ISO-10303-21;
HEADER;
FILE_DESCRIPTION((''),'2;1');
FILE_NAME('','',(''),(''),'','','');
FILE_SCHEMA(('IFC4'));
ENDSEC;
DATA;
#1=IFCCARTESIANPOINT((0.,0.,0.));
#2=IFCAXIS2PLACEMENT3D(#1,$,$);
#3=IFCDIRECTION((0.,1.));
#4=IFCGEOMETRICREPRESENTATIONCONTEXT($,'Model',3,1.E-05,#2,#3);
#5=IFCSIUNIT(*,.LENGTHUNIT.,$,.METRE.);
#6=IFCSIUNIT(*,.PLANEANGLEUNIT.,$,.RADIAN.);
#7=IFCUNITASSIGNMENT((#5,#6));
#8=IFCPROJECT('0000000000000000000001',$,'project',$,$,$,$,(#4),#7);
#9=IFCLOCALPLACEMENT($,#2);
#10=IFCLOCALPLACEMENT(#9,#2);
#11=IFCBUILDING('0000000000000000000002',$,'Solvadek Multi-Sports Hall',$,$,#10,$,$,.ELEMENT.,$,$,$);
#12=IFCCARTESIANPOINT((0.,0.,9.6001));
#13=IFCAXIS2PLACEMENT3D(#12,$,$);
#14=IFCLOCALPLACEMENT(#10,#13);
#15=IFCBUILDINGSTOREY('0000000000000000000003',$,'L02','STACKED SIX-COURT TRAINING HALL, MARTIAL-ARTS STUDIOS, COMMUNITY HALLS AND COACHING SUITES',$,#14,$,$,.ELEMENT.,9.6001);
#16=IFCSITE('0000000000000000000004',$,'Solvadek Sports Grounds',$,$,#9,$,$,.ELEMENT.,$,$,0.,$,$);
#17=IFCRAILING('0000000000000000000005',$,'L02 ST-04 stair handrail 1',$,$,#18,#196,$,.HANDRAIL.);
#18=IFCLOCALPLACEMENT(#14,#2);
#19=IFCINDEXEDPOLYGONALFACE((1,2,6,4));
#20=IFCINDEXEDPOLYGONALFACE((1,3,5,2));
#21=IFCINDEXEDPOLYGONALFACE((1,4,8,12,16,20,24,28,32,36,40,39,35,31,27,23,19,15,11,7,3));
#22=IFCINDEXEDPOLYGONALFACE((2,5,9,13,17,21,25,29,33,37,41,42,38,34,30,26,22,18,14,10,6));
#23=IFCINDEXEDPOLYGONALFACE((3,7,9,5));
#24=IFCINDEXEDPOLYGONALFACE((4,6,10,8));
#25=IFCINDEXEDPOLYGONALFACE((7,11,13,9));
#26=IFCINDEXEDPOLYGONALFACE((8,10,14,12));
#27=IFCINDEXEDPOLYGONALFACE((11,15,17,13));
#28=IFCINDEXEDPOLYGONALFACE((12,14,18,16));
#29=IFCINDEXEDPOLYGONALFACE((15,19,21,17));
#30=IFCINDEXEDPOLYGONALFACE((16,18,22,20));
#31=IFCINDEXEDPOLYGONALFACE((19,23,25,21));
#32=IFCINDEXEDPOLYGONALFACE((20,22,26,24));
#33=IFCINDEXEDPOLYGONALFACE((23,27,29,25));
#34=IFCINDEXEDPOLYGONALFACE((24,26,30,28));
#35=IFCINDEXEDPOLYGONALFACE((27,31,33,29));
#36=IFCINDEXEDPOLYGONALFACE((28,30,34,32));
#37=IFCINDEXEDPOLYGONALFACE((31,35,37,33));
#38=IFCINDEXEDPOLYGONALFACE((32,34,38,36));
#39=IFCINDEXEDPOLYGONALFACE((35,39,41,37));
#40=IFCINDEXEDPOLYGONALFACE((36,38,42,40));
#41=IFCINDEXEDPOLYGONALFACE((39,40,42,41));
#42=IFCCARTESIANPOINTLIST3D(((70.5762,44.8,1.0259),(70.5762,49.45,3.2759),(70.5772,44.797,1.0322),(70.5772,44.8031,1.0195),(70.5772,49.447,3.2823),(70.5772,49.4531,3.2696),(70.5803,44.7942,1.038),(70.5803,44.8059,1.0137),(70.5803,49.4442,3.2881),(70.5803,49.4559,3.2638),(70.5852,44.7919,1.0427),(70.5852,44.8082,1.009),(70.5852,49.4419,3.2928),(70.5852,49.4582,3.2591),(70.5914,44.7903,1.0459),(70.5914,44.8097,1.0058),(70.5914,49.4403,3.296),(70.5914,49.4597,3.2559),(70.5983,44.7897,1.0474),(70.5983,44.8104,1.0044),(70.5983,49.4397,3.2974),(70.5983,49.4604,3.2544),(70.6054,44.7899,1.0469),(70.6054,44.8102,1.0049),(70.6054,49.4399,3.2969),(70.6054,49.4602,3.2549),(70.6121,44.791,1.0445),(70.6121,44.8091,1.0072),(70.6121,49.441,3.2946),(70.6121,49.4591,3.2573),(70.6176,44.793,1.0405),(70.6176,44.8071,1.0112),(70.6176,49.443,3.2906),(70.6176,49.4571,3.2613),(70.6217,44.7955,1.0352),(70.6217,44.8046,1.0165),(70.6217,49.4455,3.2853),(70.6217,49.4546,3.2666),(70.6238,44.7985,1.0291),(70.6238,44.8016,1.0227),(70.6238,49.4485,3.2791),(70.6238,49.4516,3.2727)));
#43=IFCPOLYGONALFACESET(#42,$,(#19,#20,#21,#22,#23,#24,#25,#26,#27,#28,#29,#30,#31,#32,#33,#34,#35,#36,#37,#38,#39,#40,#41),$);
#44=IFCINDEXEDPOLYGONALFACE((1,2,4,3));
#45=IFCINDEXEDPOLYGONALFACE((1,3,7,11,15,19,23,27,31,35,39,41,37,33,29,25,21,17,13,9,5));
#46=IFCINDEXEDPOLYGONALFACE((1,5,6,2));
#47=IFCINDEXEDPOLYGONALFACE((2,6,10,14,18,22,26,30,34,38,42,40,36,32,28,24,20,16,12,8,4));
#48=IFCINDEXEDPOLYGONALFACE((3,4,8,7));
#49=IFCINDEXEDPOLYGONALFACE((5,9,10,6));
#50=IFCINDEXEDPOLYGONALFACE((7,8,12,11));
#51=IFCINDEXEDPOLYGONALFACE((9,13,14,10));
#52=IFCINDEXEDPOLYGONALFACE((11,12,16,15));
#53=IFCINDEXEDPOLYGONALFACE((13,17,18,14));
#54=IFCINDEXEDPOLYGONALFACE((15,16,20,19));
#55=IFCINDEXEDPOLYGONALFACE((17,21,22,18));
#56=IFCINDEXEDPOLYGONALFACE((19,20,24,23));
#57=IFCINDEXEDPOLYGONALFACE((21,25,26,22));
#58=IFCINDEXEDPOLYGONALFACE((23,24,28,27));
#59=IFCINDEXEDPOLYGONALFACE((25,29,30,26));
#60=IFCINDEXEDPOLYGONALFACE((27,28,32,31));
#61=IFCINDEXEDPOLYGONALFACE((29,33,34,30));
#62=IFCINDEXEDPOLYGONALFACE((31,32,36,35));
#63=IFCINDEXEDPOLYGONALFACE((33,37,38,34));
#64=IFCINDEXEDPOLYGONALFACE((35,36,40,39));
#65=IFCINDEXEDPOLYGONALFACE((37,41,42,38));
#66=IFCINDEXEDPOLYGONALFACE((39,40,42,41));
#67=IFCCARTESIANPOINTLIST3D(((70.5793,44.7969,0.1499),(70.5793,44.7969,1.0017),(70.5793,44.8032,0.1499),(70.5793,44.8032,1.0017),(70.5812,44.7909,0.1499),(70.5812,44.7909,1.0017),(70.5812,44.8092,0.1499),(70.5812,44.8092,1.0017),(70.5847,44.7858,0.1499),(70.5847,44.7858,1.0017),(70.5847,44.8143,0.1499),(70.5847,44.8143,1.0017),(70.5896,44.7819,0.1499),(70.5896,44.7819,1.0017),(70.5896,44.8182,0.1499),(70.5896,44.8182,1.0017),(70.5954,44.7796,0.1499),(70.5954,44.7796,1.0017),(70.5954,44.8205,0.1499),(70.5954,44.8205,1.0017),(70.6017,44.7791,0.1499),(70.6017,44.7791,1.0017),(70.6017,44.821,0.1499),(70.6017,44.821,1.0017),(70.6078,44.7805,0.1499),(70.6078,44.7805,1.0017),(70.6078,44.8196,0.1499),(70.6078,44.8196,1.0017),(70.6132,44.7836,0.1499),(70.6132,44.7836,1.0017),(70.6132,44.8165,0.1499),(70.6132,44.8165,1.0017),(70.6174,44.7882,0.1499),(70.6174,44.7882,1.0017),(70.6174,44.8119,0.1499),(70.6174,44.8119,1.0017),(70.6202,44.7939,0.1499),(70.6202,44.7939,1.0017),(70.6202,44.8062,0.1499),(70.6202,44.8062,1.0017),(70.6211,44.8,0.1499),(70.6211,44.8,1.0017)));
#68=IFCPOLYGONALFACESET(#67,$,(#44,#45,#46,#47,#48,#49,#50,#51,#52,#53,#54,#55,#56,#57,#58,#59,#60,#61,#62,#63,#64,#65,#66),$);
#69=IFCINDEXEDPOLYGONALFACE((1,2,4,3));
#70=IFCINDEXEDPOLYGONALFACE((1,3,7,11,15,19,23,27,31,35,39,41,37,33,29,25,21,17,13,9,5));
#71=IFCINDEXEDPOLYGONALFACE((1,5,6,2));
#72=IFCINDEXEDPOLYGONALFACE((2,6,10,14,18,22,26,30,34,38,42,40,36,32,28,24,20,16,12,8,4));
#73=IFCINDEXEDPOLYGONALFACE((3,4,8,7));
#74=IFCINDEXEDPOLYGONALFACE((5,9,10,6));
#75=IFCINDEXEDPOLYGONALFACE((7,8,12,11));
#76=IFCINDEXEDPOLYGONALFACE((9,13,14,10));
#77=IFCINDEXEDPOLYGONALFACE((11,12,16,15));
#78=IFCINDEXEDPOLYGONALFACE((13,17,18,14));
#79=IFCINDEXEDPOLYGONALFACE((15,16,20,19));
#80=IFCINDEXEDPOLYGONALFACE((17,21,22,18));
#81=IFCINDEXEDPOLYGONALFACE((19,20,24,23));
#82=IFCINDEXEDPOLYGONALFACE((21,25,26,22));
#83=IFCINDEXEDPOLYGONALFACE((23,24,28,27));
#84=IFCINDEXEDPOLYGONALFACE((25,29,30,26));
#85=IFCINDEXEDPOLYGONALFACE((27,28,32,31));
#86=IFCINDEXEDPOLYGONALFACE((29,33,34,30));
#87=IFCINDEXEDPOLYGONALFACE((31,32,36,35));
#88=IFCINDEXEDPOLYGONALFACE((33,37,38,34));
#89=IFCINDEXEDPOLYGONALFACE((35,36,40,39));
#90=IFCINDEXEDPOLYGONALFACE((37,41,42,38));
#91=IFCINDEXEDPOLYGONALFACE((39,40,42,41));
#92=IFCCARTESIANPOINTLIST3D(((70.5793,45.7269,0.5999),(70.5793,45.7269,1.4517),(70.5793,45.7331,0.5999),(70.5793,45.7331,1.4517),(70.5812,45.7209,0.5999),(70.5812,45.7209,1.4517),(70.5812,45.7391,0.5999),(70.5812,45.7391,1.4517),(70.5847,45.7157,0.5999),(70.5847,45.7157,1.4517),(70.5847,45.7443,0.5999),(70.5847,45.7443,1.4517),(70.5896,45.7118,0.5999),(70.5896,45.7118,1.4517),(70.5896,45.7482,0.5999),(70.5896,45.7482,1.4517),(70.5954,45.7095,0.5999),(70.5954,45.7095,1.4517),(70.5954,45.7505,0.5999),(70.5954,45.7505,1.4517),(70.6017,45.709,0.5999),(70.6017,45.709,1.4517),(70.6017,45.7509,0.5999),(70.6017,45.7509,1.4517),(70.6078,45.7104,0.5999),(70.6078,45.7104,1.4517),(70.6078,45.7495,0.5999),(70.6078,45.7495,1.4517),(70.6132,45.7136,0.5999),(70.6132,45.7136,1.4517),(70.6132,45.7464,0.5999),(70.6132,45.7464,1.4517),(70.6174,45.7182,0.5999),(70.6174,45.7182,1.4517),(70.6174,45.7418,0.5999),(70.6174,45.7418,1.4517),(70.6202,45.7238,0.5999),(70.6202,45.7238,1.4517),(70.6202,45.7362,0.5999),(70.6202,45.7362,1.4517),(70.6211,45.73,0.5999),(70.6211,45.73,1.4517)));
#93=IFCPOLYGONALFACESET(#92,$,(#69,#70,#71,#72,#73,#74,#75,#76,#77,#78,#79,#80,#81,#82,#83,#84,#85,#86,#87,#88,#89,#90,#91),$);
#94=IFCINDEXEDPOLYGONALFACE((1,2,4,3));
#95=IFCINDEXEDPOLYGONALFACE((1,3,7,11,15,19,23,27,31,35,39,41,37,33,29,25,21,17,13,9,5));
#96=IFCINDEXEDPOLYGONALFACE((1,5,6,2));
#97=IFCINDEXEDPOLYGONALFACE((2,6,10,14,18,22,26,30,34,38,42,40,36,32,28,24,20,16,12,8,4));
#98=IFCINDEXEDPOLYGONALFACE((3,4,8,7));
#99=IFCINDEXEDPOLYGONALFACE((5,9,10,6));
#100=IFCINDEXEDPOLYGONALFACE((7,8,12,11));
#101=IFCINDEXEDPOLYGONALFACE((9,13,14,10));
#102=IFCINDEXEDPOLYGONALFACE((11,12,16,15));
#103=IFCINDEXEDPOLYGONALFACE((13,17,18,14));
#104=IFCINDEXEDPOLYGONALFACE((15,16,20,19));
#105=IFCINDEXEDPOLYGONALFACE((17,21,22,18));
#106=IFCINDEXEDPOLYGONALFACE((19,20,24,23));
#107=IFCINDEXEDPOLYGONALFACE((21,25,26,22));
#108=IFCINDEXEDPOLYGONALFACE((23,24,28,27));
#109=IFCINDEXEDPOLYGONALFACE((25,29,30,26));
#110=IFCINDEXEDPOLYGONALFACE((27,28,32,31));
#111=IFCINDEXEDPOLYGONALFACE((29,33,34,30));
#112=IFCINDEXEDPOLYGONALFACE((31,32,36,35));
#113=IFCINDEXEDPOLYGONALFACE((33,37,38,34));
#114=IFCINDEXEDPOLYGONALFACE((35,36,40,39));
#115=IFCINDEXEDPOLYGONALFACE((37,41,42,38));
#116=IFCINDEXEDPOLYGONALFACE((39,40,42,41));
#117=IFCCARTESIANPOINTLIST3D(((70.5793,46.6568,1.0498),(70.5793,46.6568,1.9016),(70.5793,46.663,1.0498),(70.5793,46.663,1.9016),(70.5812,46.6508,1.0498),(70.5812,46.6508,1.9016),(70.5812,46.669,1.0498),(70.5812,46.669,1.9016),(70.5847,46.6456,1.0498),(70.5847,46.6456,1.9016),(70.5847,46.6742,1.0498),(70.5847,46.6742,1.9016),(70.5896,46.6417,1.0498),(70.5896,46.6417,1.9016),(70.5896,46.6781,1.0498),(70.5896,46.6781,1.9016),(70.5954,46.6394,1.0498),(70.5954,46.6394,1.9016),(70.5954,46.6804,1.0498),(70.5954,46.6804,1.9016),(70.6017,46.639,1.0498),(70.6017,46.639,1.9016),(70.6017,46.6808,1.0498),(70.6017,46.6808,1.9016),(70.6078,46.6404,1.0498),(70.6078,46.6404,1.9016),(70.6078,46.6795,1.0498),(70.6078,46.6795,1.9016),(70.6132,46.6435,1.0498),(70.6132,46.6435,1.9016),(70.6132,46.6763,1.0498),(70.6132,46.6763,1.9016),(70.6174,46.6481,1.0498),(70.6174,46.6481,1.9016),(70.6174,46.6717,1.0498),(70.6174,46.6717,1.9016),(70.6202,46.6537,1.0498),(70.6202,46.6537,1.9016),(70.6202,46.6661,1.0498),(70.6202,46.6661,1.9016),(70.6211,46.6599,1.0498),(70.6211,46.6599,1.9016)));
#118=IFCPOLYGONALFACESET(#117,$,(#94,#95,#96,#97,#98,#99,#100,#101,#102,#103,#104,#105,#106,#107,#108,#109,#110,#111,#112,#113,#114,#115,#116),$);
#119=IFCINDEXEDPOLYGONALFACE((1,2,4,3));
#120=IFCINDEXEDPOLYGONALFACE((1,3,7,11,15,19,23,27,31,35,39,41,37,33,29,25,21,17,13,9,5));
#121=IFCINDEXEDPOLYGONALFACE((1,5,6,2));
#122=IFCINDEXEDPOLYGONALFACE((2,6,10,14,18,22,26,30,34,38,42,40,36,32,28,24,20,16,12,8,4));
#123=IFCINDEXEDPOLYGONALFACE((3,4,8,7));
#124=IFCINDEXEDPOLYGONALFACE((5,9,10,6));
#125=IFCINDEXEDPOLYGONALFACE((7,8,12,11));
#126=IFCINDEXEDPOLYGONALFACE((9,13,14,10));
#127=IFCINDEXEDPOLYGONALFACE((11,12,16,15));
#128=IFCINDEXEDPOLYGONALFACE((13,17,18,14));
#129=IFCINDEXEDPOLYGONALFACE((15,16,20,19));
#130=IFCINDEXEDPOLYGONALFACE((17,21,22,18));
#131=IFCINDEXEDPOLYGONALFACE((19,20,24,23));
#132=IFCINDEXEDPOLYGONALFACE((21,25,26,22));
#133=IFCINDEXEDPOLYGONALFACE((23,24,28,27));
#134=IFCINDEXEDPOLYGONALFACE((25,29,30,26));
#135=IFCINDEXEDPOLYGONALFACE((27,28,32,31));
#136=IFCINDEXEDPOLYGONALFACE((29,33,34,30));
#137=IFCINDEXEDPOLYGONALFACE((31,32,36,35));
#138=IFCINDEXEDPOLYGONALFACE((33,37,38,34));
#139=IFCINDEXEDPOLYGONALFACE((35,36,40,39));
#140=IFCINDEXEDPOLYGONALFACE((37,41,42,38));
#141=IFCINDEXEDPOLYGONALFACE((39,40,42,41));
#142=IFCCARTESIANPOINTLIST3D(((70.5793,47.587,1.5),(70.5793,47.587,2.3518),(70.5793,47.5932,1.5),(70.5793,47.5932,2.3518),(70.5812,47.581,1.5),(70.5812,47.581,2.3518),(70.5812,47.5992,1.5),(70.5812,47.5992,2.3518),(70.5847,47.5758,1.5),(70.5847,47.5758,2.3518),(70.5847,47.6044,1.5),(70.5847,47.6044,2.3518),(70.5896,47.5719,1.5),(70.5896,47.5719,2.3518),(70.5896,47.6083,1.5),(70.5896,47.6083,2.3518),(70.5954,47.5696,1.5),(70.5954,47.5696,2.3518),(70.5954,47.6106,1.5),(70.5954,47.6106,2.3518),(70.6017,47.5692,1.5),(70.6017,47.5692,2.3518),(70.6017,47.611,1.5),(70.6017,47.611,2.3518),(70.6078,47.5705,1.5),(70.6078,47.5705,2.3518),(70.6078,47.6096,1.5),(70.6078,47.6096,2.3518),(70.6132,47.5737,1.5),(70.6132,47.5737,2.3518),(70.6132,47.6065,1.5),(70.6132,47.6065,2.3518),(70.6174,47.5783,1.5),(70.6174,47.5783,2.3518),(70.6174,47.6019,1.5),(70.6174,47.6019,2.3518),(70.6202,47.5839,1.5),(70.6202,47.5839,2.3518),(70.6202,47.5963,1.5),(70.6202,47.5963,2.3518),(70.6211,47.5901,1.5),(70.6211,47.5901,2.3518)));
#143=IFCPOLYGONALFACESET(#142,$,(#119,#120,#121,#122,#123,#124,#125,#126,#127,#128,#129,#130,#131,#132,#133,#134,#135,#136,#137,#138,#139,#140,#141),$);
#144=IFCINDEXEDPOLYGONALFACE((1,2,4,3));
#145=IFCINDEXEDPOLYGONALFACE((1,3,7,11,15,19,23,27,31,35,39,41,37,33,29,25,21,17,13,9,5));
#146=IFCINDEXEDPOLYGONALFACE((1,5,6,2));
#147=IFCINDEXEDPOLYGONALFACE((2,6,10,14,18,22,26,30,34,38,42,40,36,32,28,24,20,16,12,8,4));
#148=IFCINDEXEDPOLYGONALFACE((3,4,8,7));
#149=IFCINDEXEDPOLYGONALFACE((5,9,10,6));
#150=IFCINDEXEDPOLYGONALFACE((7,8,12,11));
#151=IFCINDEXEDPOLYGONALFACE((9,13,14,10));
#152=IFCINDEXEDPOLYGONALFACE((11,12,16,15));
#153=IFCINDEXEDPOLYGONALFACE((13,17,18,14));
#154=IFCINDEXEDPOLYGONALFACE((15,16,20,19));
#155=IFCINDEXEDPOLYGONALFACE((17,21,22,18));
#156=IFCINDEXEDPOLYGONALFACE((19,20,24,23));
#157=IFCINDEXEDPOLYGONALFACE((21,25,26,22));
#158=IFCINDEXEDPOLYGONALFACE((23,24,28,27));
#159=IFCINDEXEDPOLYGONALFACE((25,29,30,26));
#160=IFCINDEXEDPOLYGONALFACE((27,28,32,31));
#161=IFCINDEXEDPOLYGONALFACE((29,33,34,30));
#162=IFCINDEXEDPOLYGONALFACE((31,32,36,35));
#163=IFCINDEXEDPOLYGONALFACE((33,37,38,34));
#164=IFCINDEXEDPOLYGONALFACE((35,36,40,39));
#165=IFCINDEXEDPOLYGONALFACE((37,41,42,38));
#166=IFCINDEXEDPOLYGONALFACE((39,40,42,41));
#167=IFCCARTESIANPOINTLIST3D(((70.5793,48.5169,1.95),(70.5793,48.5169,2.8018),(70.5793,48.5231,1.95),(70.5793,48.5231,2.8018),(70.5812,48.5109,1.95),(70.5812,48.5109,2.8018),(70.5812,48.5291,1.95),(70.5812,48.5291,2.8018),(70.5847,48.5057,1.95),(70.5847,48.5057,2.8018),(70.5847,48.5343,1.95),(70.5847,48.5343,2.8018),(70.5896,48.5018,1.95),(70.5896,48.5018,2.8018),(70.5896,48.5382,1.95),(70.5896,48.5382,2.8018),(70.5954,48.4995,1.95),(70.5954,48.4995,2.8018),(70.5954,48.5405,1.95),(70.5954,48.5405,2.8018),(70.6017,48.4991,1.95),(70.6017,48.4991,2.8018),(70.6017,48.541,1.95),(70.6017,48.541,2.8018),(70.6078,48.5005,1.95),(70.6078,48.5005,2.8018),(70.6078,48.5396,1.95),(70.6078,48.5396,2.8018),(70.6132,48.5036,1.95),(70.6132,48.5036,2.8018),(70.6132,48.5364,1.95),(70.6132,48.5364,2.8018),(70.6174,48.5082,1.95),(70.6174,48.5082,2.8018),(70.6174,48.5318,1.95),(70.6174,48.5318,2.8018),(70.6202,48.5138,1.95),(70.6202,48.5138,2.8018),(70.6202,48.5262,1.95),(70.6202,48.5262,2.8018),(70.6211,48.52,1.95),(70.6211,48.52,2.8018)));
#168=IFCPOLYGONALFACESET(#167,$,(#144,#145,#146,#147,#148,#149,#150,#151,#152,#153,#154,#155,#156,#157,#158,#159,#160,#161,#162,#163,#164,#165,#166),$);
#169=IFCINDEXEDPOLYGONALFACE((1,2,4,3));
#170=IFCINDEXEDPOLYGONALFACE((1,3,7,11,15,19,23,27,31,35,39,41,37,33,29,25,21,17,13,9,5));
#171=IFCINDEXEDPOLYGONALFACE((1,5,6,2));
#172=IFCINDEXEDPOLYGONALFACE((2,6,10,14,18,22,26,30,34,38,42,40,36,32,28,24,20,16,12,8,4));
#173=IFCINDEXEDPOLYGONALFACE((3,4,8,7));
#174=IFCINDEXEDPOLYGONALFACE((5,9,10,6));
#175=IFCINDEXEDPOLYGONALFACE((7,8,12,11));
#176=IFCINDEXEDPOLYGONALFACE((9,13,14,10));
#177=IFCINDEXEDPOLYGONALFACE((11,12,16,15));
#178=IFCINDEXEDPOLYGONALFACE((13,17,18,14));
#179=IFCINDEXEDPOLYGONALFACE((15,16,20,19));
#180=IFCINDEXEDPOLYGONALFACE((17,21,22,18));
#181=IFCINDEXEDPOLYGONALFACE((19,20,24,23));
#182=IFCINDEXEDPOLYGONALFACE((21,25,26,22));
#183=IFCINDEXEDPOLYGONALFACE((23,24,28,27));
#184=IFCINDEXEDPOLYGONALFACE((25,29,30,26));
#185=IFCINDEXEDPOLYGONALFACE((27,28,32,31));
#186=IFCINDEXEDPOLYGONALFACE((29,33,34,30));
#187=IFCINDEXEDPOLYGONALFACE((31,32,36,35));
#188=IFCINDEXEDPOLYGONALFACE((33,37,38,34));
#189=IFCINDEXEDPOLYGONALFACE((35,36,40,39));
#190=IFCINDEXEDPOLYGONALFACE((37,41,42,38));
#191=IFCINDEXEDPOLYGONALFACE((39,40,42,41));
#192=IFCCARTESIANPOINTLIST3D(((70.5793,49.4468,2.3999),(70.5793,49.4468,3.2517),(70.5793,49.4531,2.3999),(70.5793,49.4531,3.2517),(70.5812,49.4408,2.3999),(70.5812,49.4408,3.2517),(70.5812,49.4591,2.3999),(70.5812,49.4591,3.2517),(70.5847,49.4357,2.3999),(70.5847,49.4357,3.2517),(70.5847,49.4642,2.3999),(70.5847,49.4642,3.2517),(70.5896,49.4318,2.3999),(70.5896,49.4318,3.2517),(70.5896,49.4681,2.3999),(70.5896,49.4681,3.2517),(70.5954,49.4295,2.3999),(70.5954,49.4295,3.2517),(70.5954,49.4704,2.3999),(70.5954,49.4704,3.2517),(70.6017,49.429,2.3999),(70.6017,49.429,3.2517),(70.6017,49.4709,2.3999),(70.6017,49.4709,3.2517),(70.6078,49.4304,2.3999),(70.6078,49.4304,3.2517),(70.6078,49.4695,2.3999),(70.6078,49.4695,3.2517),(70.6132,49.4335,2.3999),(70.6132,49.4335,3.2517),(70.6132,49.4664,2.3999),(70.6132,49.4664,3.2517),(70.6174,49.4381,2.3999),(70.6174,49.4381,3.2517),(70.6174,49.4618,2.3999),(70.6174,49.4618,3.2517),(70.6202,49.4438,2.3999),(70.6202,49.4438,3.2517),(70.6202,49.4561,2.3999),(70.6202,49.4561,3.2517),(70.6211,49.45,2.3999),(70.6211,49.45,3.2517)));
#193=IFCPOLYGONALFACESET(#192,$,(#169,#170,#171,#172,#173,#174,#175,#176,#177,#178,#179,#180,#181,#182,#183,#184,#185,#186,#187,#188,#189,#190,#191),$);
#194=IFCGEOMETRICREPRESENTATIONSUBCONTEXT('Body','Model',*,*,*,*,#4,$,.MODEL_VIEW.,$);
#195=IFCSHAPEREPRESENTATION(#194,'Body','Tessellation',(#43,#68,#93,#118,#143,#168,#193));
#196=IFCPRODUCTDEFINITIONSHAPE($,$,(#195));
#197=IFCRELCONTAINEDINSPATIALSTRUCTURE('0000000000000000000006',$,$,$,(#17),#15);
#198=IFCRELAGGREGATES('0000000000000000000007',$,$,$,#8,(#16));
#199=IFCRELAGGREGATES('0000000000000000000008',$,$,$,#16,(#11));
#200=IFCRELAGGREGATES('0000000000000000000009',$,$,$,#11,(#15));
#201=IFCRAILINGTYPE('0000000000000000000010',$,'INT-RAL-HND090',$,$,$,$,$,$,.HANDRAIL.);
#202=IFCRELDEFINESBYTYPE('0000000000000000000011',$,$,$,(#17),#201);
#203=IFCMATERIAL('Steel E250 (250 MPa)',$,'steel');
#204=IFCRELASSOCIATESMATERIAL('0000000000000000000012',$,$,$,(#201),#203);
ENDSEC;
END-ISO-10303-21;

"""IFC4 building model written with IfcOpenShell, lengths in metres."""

from ifc_helpers import new_model, si_unit, direction, frame, origin, origin_2d, place, context, subcontext, project, spatial, circle, extrude, material, type_object, element, save


model = new_model("IFC4")

# Units and contexts
model_context = context("Model", 3, precision=1e-05, world=origin(), true_north=direction((0.0, 1.0)))
body_context = subcontext(model_context, "Body", "Model", "MODEL_VIEW")
ifc_project = project(units=[si_unit("LENGTHUNIT", "METRE"), si_unit("PLANEANGLEUNIT", "RADIAN")], contexts=[model_context])

# Site, building, storey
site_placement = place(None, origin())
site = spatial("IfcSite", under=ifc_project, at=site_placement, Name="Solvadek Sports Grounds", CompositionType="ELEMENT", RefElevation=0.0)
building_placement = place(site_placement, origin())
building = spatial("IfcBuilding", under=site, at=building_placement, Name="Solvadek Multi-Sports Hall", CompositionType="ELEMENT")
storey_placement = place(building_placement, frame((0.0, 0.0, 9.6001)))
storey = spatial("IfcBuildingStorey", under=building, at=storey_placement, Name="L02", Description="STACKED SIX-COURT TRAINING HALL, MARTIAL-ARTS STUDIOS, COMMUNITY HALLS AND COACHING SUITES", CompositionType="ELEMENT", Elevation=9.6001)

# Shared definitions
ifc_material_1 = material(Name="Steel E250 (250 MPa)", Category="steel")

# Railing
railing_type_1 = type_object("IfcRailingType", Name="INT-RAL-HND090", PredefinedType="HANDRAIL", material=ifc_material_1)
railing_1_placement = place(storey_placement, frame((70.6001, 44.8, 0.1499)))
element("IfcRailing", 1, at=railing_1_placement, inside=storey, type_object=railing_type_1, Name="L02 ST-04 stair handrail 1", PredefinedType="HANDRAIL", context=body_context, shape_type="SweptSolid", body=[
    extrude(circle(Radius=0.0239, at=origin_2d()), frame((0.0, 0.0, 0.876), z_axis=(0.0, 0.900156, 0.435568), x_axis=(-1.0, 0.0, 0.0)), (0.0, 0.0, 1.0), 5.1658),
    extrude(circle(Radius=0.021, at=origin_2d()), origin(), (0.0, 0.0, 1.0), 0.8518),
    extrude(circle(Radius=0.021, at=origin_2d()), frame((0.0, 0.9299, 0.45)), (0.0, 0.0, 1.0), 0.8518),
    extrude(circle(Radius=0.021, at=origin_2d()), frame((0.0, 1.8599, 0.8999)), (0.0, 0.0, 1.0), 0.8518),
    extrude(circle(Radius=0.021, at=origin_2d()), frame((0.0, 2.79, 1.3501)), (0.0, 0.0, 1.0), 0.8518),
    extrude(circle(Radius=0.021, at=origin_2d()), frame((0.0, 3.72, 1.8)), (0.0, 0.0, 1.0), 0.8518),
    extrude(circle(Radius=0.021, at=origin_2d()), frame((0.0, 4.6499, 2.25)), (0.0, 0.0, 1.0), 0.8518),
])

save(model, "model.ifc")
